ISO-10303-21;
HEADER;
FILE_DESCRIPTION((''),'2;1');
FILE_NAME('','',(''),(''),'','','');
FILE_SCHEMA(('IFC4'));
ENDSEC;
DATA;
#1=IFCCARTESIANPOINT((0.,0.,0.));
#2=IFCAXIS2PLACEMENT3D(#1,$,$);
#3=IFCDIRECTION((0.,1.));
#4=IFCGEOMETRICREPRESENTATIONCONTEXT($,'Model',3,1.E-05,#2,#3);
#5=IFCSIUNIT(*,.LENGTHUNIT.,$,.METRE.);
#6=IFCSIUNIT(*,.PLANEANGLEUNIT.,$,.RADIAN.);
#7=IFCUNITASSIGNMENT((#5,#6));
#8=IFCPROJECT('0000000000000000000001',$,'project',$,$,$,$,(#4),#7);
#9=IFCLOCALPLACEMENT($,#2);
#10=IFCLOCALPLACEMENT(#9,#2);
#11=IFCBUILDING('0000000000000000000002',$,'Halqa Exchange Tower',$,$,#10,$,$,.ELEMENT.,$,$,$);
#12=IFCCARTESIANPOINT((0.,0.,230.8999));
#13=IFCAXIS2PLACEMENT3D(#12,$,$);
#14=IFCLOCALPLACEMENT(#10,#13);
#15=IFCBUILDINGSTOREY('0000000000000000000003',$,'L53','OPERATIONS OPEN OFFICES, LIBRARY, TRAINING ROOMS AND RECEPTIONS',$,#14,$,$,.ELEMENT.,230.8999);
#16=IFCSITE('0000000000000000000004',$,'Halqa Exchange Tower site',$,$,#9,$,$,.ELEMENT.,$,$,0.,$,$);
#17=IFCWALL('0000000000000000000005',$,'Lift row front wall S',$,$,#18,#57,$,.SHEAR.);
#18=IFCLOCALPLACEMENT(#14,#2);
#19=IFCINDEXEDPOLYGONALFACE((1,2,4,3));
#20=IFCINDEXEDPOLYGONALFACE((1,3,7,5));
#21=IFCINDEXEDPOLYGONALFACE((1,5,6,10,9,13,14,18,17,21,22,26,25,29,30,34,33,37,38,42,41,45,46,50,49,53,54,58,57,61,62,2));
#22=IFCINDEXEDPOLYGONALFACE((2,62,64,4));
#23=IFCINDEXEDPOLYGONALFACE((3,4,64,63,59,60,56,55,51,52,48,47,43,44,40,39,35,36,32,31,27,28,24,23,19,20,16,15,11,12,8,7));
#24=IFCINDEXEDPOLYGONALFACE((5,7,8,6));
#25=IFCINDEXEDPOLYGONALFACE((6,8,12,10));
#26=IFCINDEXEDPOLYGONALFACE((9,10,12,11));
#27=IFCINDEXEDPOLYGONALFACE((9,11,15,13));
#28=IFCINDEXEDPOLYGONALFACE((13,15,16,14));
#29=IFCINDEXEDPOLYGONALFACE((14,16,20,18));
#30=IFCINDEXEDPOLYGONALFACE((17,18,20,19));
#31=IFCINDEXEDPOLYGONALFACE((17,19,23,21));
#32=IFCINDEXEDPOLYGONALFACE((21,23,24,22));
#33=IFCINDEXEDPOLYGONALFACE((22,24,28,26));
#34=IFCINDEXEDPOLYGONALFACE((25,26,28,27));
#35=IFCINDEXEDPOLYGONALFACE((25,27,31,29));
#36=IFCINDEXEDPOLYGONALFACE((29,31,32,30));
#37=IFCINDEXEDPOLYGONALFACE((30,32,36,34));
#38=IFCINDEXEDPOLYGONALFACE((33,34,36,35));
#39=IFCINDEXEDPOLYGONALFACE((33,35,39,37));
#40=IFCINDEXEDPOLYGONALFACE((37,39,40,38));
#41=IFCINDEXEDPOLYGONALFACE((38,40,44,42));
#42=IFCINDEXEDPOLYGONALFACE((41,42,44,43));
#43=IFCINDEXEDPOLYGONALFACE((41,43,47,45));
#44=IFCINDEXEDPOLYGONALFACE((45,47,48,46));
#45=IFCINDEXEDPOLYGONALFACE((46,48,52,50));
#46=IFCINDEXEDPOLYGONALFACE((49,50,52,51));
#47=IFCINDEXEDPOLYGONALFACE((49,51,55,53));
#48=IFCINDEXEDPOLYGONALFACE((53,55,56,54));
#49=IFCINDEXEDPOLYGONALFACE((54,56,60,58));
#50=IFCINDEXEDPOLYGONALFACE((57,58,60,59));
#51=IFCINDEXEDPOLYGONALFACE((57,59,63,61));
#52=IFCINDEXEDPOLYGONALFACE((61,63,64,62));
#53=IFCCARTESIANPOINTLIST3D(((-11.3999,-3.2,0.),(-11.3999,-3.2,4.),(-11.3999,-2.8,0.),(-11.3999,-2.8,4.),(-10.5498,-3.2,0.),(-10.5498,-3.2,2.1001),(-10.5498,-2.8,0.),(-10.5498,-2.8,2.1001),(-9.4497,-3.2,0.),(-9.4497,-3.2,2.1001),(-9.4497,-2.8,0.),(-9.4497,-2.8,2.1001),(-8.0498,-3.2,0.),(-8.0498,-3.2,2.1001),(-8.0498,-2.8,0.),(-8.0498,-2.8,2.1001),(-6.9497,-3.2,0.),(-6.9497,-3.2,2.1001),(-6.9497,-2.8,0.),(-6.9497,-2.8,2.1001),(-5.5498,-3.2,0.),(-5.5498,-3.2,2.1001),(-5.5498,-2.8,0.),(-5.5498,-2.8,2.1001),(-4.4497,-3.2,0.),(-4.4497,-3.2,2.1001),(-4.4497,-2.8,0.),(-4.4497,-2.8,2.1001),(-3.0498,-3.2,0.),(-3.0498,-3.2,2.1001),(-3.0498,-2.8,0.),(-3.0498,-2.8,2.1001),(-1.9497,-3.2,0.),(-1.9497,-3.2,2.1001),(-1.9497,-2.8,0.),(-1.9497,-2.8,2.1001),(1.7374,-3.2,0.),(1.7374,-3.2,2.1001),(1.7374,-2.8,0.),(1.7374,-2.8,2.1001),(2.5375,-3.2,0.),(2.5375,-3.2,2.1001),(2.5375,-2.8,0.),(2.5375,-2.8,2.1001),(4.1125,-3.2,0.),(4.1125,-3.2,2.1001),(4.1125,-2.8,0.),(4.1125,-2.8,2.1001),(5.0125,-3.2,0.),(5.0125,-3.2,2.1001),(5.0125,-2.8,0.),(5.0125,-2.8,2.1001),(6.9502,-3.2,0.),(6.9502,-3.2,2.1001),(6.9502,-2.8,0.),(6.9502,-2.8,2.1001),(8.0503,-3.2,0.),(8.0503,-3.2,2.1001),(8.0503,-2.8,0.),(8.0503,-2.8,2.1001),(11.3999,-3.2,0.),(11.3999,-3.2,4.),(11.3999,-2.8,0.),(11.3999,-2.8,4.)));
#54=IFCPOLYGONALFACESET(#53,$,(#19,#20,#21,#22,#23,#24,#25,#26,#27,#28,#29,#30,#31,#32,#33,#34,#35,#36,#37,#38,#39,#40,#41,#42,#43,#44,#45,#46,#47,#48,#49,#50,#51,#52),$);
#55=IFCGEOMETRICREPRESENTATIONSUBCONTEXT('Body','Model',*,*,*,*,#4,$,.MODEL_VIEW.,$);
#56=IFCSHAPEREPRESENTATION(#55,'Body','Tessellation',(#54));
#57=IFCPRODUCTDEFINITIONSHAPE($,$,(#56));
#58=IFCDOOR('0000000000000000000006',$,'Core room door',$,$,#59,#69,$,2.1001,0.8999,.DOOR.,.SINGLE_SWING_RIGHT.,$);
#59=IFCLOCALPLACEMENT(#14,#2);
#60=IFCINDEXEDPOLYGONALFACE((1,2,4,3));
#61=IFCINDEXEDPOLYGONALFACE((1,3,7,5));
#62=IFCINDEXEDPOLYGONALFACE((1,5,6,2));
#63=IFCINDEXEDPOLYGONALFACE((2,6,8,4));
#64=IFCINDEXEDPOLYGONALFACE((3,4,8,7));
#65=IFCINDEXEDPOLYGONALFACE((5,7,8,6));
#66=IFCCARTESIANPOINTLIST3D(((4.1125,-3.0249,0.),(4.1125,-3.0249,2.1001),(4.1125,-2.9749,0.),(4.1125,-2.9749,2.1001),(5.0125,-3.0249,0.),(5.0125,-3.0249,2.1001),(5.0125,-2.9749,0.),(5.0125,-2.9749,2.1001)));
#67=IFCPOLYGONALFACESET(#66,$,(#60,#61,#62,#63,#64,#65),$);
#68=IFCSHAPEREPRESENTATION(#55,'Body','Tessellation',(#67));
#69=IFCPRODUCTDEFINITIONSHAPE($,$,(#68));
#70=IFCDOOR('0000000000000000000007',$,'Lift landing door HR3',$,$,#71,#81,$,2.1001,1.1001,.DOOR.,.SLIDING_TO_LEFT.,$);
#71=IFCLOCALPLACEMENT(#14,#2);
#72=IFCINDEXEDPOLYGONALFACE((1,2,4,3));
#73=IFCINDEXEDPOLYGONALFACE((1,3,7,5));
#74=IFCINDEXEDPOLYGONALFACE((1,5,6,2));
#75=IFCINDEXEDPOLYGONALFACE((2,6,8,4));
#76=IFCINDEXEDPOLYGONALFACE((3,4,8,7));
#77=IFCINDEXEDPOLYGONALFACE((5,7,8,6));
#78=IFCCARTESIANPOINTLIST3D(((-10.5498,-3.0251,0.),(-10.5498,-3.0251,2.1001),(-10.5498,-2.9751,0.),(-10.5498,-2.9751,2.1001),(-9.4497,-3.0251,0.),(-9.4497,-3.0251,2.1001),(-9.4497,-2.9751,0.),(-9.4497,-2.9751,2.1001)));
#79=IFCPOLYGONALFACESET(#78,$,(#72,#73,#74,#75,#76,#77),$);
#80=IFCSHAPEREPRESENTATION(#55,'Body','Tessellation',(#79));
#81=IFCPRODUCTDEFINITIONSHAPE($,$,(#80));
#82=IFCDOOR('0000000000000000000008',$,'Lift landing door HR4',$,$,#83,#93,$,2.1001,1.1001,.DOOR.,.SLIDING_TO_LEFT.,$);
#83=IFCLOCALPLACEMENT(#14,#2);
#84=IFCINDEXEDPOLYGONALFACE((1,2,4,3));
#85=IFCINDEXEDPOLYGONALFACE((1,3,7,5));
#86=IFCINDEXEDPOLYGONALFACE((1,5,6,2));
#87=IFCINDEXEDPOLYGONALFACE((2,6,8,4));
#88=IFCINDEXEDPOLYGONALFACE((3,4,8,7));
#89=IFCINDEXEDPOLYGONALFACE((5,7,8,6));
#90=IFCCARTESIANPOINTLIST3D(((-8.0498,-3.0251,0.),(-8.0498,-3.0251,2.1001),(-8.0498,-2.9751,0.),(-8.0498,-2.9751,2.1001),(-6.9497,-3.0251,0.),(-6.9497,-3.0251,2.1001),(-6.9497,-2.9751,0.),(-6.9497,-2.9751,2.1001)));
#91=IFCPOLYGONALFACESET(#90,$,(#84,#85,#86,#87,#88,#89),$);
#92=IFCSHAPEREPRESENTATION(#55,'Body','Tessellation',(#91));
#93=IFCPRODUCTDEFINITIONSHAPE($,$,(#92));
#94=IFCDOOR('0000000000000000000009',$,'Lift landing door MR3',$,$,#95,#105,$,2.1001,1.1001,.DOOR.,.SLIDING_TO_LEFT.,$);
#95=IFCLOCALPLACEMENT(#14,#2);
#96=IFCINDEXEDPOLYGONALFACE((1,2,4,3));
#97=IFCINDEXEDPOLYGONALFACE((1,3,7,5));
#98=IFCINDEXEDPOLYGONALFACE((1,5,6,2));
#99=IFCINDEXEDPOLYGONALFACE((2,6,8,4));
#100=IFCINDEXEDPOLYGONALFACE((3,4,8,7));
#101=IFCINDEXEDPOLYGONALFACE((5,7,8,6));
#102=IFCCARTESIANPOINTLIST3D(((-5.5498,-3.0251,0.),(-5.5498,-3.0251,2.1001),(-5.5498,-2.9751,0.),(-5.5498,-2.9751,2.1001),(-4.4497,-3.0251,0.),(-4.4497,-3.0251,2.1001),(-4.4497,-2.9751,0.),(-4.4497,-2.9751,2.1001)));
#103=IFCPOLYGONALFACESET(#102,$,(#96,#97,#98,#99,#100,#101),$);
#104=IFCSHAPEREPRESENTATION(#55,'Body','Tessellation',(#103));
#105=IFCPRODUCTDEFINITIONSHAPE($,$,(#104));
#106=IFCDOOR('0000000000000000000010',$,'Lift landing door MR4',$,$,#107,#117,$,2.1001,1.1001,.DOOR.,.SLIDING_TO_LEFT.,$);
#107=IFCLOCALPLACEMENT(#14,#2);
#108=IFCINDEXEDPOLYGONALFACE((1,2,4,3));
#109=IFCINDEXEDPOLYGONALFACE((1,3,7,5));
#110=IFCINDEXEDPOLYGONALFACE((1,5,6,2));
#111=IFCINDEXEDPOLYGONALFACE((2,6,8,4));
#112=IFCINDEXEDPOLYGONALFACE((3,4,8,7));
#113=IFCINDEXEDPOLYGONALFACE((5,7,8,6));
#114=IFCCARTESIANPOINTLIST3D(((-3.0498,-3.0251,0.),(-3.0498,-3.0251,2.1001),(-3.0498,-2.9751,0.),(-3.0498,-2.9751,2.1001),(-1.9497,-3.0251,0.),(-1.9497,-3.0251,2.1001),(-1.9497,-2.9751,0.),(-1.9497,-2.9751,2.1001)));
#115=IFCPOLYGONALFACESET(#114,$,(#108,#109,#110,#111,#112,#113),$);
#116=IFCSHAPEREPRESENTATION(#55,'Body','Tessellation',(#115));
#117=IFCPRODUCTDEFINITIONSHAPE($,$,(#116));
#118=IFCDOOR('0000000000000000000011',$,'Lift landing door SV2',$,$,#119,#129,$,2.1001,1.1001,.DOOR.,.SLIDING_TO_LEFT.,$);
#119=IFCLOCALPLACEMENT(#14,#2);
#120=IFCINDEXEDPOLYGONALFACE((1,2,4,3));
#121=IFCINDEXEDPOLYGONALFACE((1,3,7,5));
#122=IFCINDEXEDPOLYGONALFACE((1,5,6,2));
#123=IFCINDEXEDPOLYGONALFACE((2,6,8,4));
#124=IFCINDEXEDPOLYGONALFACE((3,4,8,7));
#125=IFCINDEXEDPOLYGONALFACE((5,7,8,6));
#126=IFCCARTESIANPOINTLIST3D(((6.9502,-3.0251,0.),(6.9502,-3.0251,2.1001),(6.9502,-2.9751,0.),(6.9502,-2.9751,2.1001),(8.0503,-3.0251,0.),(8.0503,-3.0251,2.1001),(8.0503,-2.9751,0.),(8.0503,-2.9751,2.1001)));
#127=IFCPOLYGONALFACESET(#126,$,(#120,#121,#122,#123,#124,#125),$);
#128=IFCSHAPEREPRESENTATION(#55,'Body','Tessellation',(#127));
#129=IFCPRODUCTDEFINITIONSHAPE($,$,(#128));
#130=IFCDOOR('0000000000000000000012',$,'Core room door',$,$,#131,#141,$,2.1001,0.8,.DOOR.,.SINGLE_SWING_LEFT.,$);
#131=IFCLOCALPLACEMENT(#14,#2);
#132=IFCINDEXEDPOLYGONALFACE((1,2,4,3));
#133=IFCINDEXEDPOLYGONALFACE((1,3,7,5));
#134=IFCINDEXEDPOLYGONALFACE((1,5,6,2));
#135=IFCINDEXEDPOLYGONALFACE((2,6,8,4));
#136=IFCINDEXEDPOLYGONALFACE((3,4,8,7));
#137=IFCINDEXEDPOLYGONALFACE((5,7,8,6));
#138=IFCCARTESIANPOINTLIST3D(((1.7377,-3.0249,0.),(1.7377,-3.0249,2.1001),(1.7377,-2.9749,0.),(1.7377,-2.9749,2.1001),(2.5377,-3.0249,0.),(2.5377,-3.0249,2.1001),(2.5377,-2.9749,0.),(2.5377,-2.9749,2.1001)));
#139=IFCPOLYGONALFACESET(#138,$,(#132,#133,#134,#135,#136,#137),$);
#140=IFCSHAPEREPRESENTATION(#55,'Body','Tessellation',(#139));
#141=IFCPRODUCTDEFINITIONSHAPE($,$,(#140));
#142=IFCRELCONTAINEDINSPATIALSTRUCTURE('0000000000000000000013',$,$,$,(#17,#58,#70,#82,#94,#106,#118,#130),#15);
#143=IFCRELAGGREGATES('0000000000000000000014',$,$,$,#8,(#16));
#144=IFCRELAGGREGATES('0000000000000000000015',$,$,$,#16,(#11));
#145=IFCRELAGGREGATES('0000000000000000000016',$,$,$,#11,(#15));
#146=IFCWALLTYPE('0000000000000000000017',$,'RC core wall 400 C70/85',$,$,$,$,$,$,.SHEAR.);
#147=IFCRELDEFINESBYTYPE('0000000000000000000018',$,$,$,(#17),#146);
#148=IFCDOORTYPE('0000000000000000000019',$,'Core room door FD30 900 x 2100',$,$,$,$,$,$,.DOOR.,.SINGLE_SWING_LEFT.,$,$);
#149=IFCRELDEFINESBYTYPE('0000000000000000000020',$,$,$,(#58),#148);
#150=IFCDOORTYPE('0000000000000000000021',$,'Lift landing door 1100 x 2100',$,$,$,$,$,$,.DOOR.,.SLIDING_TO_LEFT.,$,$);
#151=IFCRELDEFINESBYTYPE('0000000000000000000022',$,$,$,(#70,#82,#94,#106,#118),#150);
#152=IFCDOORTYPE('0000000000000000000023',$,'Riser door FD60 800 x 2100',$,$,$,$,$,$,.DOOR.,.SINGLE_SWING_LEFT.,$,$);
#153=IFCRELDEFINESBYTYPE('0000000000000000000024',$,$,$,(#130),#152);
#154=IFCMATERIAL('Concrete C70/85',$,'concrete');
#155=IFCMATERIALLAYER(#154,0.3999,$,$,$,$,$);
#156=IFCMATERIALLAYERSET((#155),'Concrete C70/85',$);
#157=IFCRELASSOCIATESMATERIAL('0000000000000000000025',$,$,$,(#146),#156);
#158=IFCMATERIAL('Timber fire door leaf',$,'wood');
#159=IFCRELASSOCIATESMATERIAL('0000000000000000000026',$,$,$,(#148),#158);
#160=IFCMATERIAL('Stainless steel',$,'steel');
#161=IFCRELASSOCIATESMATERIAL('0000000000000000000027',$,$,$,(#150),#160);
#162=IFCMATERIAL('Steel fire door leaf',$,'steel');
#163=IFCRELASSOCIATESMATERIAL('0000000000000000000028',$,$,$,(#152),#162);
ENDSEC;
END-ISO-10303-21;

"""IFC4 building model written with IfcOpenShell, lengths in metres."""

from ifc_helpers import new_model, si_unit, direction, frame, frame_2d, origin, place, context, subcontext, project, spatial, rectangle, extrude, material, layer, layer_set, type_object, element, fill, save


model = new_model("IFC4")

# Units and contexts
model_context = context("Model", 3, precision=1e-05, world=origin(), true_north=direction((0.0, 1.0)))
body_context = subcontext(model_context, "Body", "Model", "MODEL_VIEW")
ifc_project = project(units=[si_unit("LENGTHUNIT", "METRE"), si_unit("PLANEANGLEUNIT", "RADIAN")], contexts=[model_context])

# Site, building, storey
site_placement = place(None, origin())
site = spatial("IfcSite", under=ifc_project, at=site_placement, Name="Halqa Exchange Tower site", CompositionType="ELEMENT", RefElevation=0.0)
building_placement = place(site_placement, origin())
building = spatial("IfcBuilding", under=site, at=building_placement, Name="Halqa Exchange Tower", CompositionType="ELEMENT")
storey_placement = place(building_placement, frame((0.0, 0.0, 230.8999)))
storey = spatial("IfcBuildingStorey", under=building, at=storey_placement, Name="L53", Description="OPERATIONS OPEN OFFICES, LIBRARY, TRAINING ROOMS AND RECEPTIONS", CompositionType="ELEMENT", Elevation=230.8999)

# Wall, openings, doors
ifc_material_1 = material(Name="Concrete C70/85", Category="concrete")
ifc_layer_1 = layer(ifc_material_1, 0.3999)
ifc_layer_set_1 = layer_set([ifc_layer_1], Name="Concrete C70/85")
wall_type_1 = type_object("IfcWallType", Name="RC core wall 400 C70/85", PredefinedType="SHEAR", material=ifc_layer_set_1)
wall_1_placement = place(storey_placement, frame((-11.3999, -3.0, 0.0), z_axis=(0.0, 0.0, 1.0), x_axis=(1.0, 0.0, 0.0)))
wall_1 = element("IfcWall", 1, at=wall_1_placement, inside=storey, type_object=wall_type_1, Name="Lift row front wall S", PredefinedType="SHEAR", context=body_context, shape_type="SweptSolid", body=[
    extrude(rectangle(XDim=22.7998, YDim=0.3999, at=frame_2d((11.3999, 0.0))), origin(), (0.0, 0.0, 1.0), 4.0),
])
opening_1_placement = place(wall_1_placement, frame((0.8501, 0.0, 0.0)))
opening_1 = element("IfcOpeningElement", 2, at=opening_1_placement, cuts=wall_1, PredefinedType="OPENING", context=body_context, shape_type="SweptSolid", body=[
    extrude(rectangle(XDim=1.1001, YDim=2.1001, at=frame_2d((0.55, 1.05))), frame((0.0, 0.2119, 0.0), z_axis=(0.0, -1.0, 0.0), x_axis=(1.0, 0.0, 0.0)), (0.0, 0.0, 1.0), 0.4238),
])
opening_2_placement = place(wall_1_placement, frame((3.3501, 0.0, 0.0)))
opening_2 = element("IfcOpeningElement", 3, at=opening_2_placement, cuts=wall_1, PredefinedType="OPENING", context=body_context, shape_type="SweptSolid", body=[
    extrude(rectangle(XDim=1.1001, YDim=2.1001, at=frame_2d((0.55, 1.05))), frame((0.0, 0.2119, 0.0), z_axis=(0.0, -1.0, 0.0), x_axis=(1.0, 0.0, 0.0)), (0.0, 0.0, 1.0), 0.4238),
])
opening_3_placement = place(wall_1_placement, frame((5.8501, 0.0, 0.0)))
opening_3 = element("IfcOpeningElement", 4, at=opening_3_placement, cuts=wall_1, PredefinedType="OPENING", context=body_context, shape_type="SweptSolid", body=[
    extrude(rectangle(XDim=1.1001, YDim=2.1001, at=frame_2d((0.55, 1.05))), frame((0.0, 0.2119, 0.0), z_axis=(0.0, -1.0, 0.0), x_axis=(1.0, 0.0, 0.0)), (0.0, 0.0, 1.0), 0.4238),
])
opening_4_placement = place(wall_1_placement, frame((8.3501, 0.0, 0.0)))
opening_4 = element("IfcOpeningElement", 5, at=opening_4_placement, cuts=wall_1, PredefinedType="OPENING", context=body_context, shape_type="SweptSolid", body=[
    extrude(rectangle(XDim=1.1001, YDim=2.1001, at=frame_2d((0.55, 1.05))), frame((0.0, 0.2119, 0.0), z_axis=(0.0, -1.0, 0.0), x_axis=(1.0, 0.0, 0.0)), (0.0, 0.0, 1.0), 0.4238),
])
opening_5_placement = place(wall_1_placement, frame((18.3501, 0.0, 0.0)))
opening_5 = element("IfcOpeningElement", 6, at=opening_5_placement, cuts=wall_1, PredefinedType="OPENING", context=body_context, shape_type="SweptSolid", body=[
    extrude(rectangle(XDim=1.1001, YDim=2.1001, at=frame_2d((0.55, 1.05))), frame((0.0, 0.2119, 0.0), z_axis=(0.0, -1.0, 0.0), x_axis=(1.0, 0.0, 0.0)), (0.0, 0.0, 1.0), 0.4238),
])
opening_6_placement = place(wall_1_placement, frame((13.1375, 0.0, 0.0)))
opening_6 = element("IfcOpeningElement", 7, at=opening_6_placement, cuts=wall_1, PredefinedType="OPENING", context=body_context, shape_type="SweptSolid", body=[
    extrude(rectangle(XDim=0.8, YDim=2.1001, at=frame_2d((0.3999, 1.05))), frame((0.0, 0.2119, 0.0), z_axis=(0.0, -1.0, 0.0), x_axis=(1.0, 0.0, 0.0)), (0.0, 0.0, 1.0), 0.4238),
])
opening_7_placement = place(wall_1_placement, frame((15.5125, 0.0, 0.0)))
opening_7 = element("IfcOpeningElement", 8, at=opening_7_placement, cuts=wall_1, PredefinedType="OPENING", context=body_context, shape_type="SweptSolid", body=[
    extrude(rectangle(XDim=0.8999, YDim=2.1001, at=frame_2d((0.45, 1.05))), frame((0.0, 0.2119, 0.0), z_axis=(0.0, -1.0, 0.0), x_axis=(1.0, 0.0, 0.0)), (0.0, 0.0, 1.0), 0.4238),
])
ifc_material_2 = material(Name="Timber fire door leaf", Category="wood")
door_type_1 = type_object("IfcDoorType", Name="Core room door FD30 900 x 2100", OperationType="SINGLE_SWING_LEFT", PredefinedType="DOOR", material=ifc_material_2)
door_1_placement = place(opening_7_placement, frame((0.8999, 0.0, 0.0), z_axis=(0.0, 0.0, 1.0), x_axis=(-1.0, 0.0, 0.0)))
door_1 = element("IfcDoor", 9, at=door_1_placement, inside=storey, type_object=door_type_1, Name="Core room door", OperationType="SINGLE_SWING_RIGHT", OverallHeight=2.1001, OverallWidth=0.8999, PredefinedType="DOOR", context=body_context, shape_type="SweptSolid", body=[
    extrude(rectangle(XDim=0.8999, YDim=2.1001, at=frame_2d((0.45, 1.05))), frame((0.0, 0.0249, 0.0), z_axis=(0.0, -1.0, 0.0), x_axis=(1.0, 0.0, 0.0)), (0.0, 0.0, 1.0), 0.05),
])
fill(opening_7, door_1)
ifc_material_3 = material(Name="Stainless steel", Category="steel")
door_type_2 = type_object("IfcDoorType", Name="Lift landing door 1100 x 2100", OperationType="SLIDING_TO_LEFT", PredefinedType="DOOR", material=ifc_material_3)
door_2_placement = place(opening_1_placement, origin())
door_2 = element("IfcDoor", 10, at=door_2_placement, inside=storey, type_object=door_type_2, Name="Lift landing door HR3", OperationType="SLIDING_TO_LEFT", OverallHeight=2.1001, OverallWidth=1.1001, PredefinedType="DOOR", context=body_context, shape_type="SweptSolid", body=[
    extrude(rectangle(XDim=1.1001, YDim=2.1001, at=frame_2d((0.55, 1.05))), frame((0.0, 0.0249, 0.0), z_axis=(0.0, -1.0, 0.0), x_axis=(1.0, 0.0, 0.0)), (0.0, 0.0, 1.0), 0.05),
])
fill(opening_1, door_2)
door_3_placement = place(opening_2_placement, origin())
door_3 = element("IfcDoor", 11, at=door_3_placement, inside=storey, type_object=door_type_2, Name="Lift landing door HR4", OperationType="SLIDING_TO_LEFT", OverallHeight=2.1001, OverallWidth=1.1001, PredefinedType="DOOR", context=body_context, shape_type="SweptSolid", body=[
    extrude(rectangle(XDim=1.1001, YDim=2.1001, at=frame_2d((0.55, 1.05))), frame((0.0, 0.0249, 0.0), z_axis=(0.0, -1.0, 0.0), x_axis=(1.0, 0.0, 0.0)), (0.0, 0.0, 1.0), 0.05),
])
fill(opening_2, door_3)
door_4_placement = place(opening_3_placement, origin())
door_4 = element("IfcDoor", 12, at=door_4_placement, inside=storey, type_object=door_type_2, Name="Lift landing door MR3", OperationType="SLIDING_TO_LEFT", OverallHeight=2.1001, OverallWidth=1.1001, PredefinedType="DOOR", context=body_context, shape_type="SweptSolid", body=[
    extrude(rectangle(XDim=1.1001, YDim=2.1001, at=frame_2d((0.55, 1.05))), frame((0.0, 0.0249, 0.0), z_axis=(0.0, -1.0, 0.0), x_axis=(1.0, 0.0, 0.0)), (0.0, 0.0, 1.0), 0.05),
])
fill(opening_3, door_4)
door_5_placement = place(opening_4_placement, origin())
door_5 = element("IfcDoor", 13, at=door_5_placement, inside=storey, type_object=door_type_2, Name="Lift landing door MR4", OperationType="SLIDING_TO_LEFT", OverallHeight=2.1001, OverallWidth=1.1001, PredefinedType="DOOR", context=body_context, shape_type="SweptSolid", body=[
    extrude(rectangle(XDim=1.1001, YDim=2.1001, at=frame_2d((0.55, 1.05))), frame((0.0, 0.0249, 0.0), z_axis=(0.0, -1.0, 0.0), x_axis=(1.0, 0.0, 0.0)), (0.0, 0.0, 1.0), 0.05),
])
fill(opening_4, door_5)
door_6_placement = place(opening_5_placement, origin())
door_6 = element("IfcDoor", 14, at=door_6_placement, inside=storey, type_object=door_type_2, Name="Lift landing door SV2", OperationType="SLIDING_TO_LEFT", OverallHeight=2.1001, OverallWidth=1.1001, PredefinedType="DOOR", context=body_context, shape_type="SweptSolid", body=[
    extrude(rectangle(XDim=1.1001, YDim=2.1001, at=frame_2d((0.55, 1.05))), frame((0.0, 0.0249, 0.0), z_axis=(0.0, -1.0, 0.0), x_axis=(1.0, 0.0, 0.0)), (0.0, 0.0, 1.0), 0.05),
])
fill(opening_5, door_6)
ifc_material_4 = material(Name="Steel fire door leaf", Category="steel")
door_type_3 = type_object("IfcDoorType", Name="Riser door FD60 800 x 2100", OperationType="SINGLE_SWING_LEFT", PredefinedType="DOOR", material=ifc_material_4)
door_7_placement = place(opening_6_placement, frame((0.8, 0.0, 0.0), z_axis=(0.0, 0.0, 1.0), x_axis=(-1.0, 0.0, 0.0)))
door_7 = element("IfcDoor", 15, at=door_7_placement, inside=storey, type_object=door_type_3, Name="Core room door", OperationType="SINGLE_SWING_LEFT", OverallHeight=2.1001, OverallWidth=0.8, PredefinedType="DOOR", context=body_context, shape_type="SweptSolid", body=[
    extrude(rectangle(XDim=0.8, YDim=2.1001, at=frame_2d((0.3999, 1.05))), frame((0.0, 0.0249, 0.0), z_axis=(0.0, -1.0, 0.0), x_axis=(1.0, 0.0, 0.0)), (0.0, 0.0, 1.0), 0.05),
])
fill(opening_6, door_7)

save(model, "model.ifc")
